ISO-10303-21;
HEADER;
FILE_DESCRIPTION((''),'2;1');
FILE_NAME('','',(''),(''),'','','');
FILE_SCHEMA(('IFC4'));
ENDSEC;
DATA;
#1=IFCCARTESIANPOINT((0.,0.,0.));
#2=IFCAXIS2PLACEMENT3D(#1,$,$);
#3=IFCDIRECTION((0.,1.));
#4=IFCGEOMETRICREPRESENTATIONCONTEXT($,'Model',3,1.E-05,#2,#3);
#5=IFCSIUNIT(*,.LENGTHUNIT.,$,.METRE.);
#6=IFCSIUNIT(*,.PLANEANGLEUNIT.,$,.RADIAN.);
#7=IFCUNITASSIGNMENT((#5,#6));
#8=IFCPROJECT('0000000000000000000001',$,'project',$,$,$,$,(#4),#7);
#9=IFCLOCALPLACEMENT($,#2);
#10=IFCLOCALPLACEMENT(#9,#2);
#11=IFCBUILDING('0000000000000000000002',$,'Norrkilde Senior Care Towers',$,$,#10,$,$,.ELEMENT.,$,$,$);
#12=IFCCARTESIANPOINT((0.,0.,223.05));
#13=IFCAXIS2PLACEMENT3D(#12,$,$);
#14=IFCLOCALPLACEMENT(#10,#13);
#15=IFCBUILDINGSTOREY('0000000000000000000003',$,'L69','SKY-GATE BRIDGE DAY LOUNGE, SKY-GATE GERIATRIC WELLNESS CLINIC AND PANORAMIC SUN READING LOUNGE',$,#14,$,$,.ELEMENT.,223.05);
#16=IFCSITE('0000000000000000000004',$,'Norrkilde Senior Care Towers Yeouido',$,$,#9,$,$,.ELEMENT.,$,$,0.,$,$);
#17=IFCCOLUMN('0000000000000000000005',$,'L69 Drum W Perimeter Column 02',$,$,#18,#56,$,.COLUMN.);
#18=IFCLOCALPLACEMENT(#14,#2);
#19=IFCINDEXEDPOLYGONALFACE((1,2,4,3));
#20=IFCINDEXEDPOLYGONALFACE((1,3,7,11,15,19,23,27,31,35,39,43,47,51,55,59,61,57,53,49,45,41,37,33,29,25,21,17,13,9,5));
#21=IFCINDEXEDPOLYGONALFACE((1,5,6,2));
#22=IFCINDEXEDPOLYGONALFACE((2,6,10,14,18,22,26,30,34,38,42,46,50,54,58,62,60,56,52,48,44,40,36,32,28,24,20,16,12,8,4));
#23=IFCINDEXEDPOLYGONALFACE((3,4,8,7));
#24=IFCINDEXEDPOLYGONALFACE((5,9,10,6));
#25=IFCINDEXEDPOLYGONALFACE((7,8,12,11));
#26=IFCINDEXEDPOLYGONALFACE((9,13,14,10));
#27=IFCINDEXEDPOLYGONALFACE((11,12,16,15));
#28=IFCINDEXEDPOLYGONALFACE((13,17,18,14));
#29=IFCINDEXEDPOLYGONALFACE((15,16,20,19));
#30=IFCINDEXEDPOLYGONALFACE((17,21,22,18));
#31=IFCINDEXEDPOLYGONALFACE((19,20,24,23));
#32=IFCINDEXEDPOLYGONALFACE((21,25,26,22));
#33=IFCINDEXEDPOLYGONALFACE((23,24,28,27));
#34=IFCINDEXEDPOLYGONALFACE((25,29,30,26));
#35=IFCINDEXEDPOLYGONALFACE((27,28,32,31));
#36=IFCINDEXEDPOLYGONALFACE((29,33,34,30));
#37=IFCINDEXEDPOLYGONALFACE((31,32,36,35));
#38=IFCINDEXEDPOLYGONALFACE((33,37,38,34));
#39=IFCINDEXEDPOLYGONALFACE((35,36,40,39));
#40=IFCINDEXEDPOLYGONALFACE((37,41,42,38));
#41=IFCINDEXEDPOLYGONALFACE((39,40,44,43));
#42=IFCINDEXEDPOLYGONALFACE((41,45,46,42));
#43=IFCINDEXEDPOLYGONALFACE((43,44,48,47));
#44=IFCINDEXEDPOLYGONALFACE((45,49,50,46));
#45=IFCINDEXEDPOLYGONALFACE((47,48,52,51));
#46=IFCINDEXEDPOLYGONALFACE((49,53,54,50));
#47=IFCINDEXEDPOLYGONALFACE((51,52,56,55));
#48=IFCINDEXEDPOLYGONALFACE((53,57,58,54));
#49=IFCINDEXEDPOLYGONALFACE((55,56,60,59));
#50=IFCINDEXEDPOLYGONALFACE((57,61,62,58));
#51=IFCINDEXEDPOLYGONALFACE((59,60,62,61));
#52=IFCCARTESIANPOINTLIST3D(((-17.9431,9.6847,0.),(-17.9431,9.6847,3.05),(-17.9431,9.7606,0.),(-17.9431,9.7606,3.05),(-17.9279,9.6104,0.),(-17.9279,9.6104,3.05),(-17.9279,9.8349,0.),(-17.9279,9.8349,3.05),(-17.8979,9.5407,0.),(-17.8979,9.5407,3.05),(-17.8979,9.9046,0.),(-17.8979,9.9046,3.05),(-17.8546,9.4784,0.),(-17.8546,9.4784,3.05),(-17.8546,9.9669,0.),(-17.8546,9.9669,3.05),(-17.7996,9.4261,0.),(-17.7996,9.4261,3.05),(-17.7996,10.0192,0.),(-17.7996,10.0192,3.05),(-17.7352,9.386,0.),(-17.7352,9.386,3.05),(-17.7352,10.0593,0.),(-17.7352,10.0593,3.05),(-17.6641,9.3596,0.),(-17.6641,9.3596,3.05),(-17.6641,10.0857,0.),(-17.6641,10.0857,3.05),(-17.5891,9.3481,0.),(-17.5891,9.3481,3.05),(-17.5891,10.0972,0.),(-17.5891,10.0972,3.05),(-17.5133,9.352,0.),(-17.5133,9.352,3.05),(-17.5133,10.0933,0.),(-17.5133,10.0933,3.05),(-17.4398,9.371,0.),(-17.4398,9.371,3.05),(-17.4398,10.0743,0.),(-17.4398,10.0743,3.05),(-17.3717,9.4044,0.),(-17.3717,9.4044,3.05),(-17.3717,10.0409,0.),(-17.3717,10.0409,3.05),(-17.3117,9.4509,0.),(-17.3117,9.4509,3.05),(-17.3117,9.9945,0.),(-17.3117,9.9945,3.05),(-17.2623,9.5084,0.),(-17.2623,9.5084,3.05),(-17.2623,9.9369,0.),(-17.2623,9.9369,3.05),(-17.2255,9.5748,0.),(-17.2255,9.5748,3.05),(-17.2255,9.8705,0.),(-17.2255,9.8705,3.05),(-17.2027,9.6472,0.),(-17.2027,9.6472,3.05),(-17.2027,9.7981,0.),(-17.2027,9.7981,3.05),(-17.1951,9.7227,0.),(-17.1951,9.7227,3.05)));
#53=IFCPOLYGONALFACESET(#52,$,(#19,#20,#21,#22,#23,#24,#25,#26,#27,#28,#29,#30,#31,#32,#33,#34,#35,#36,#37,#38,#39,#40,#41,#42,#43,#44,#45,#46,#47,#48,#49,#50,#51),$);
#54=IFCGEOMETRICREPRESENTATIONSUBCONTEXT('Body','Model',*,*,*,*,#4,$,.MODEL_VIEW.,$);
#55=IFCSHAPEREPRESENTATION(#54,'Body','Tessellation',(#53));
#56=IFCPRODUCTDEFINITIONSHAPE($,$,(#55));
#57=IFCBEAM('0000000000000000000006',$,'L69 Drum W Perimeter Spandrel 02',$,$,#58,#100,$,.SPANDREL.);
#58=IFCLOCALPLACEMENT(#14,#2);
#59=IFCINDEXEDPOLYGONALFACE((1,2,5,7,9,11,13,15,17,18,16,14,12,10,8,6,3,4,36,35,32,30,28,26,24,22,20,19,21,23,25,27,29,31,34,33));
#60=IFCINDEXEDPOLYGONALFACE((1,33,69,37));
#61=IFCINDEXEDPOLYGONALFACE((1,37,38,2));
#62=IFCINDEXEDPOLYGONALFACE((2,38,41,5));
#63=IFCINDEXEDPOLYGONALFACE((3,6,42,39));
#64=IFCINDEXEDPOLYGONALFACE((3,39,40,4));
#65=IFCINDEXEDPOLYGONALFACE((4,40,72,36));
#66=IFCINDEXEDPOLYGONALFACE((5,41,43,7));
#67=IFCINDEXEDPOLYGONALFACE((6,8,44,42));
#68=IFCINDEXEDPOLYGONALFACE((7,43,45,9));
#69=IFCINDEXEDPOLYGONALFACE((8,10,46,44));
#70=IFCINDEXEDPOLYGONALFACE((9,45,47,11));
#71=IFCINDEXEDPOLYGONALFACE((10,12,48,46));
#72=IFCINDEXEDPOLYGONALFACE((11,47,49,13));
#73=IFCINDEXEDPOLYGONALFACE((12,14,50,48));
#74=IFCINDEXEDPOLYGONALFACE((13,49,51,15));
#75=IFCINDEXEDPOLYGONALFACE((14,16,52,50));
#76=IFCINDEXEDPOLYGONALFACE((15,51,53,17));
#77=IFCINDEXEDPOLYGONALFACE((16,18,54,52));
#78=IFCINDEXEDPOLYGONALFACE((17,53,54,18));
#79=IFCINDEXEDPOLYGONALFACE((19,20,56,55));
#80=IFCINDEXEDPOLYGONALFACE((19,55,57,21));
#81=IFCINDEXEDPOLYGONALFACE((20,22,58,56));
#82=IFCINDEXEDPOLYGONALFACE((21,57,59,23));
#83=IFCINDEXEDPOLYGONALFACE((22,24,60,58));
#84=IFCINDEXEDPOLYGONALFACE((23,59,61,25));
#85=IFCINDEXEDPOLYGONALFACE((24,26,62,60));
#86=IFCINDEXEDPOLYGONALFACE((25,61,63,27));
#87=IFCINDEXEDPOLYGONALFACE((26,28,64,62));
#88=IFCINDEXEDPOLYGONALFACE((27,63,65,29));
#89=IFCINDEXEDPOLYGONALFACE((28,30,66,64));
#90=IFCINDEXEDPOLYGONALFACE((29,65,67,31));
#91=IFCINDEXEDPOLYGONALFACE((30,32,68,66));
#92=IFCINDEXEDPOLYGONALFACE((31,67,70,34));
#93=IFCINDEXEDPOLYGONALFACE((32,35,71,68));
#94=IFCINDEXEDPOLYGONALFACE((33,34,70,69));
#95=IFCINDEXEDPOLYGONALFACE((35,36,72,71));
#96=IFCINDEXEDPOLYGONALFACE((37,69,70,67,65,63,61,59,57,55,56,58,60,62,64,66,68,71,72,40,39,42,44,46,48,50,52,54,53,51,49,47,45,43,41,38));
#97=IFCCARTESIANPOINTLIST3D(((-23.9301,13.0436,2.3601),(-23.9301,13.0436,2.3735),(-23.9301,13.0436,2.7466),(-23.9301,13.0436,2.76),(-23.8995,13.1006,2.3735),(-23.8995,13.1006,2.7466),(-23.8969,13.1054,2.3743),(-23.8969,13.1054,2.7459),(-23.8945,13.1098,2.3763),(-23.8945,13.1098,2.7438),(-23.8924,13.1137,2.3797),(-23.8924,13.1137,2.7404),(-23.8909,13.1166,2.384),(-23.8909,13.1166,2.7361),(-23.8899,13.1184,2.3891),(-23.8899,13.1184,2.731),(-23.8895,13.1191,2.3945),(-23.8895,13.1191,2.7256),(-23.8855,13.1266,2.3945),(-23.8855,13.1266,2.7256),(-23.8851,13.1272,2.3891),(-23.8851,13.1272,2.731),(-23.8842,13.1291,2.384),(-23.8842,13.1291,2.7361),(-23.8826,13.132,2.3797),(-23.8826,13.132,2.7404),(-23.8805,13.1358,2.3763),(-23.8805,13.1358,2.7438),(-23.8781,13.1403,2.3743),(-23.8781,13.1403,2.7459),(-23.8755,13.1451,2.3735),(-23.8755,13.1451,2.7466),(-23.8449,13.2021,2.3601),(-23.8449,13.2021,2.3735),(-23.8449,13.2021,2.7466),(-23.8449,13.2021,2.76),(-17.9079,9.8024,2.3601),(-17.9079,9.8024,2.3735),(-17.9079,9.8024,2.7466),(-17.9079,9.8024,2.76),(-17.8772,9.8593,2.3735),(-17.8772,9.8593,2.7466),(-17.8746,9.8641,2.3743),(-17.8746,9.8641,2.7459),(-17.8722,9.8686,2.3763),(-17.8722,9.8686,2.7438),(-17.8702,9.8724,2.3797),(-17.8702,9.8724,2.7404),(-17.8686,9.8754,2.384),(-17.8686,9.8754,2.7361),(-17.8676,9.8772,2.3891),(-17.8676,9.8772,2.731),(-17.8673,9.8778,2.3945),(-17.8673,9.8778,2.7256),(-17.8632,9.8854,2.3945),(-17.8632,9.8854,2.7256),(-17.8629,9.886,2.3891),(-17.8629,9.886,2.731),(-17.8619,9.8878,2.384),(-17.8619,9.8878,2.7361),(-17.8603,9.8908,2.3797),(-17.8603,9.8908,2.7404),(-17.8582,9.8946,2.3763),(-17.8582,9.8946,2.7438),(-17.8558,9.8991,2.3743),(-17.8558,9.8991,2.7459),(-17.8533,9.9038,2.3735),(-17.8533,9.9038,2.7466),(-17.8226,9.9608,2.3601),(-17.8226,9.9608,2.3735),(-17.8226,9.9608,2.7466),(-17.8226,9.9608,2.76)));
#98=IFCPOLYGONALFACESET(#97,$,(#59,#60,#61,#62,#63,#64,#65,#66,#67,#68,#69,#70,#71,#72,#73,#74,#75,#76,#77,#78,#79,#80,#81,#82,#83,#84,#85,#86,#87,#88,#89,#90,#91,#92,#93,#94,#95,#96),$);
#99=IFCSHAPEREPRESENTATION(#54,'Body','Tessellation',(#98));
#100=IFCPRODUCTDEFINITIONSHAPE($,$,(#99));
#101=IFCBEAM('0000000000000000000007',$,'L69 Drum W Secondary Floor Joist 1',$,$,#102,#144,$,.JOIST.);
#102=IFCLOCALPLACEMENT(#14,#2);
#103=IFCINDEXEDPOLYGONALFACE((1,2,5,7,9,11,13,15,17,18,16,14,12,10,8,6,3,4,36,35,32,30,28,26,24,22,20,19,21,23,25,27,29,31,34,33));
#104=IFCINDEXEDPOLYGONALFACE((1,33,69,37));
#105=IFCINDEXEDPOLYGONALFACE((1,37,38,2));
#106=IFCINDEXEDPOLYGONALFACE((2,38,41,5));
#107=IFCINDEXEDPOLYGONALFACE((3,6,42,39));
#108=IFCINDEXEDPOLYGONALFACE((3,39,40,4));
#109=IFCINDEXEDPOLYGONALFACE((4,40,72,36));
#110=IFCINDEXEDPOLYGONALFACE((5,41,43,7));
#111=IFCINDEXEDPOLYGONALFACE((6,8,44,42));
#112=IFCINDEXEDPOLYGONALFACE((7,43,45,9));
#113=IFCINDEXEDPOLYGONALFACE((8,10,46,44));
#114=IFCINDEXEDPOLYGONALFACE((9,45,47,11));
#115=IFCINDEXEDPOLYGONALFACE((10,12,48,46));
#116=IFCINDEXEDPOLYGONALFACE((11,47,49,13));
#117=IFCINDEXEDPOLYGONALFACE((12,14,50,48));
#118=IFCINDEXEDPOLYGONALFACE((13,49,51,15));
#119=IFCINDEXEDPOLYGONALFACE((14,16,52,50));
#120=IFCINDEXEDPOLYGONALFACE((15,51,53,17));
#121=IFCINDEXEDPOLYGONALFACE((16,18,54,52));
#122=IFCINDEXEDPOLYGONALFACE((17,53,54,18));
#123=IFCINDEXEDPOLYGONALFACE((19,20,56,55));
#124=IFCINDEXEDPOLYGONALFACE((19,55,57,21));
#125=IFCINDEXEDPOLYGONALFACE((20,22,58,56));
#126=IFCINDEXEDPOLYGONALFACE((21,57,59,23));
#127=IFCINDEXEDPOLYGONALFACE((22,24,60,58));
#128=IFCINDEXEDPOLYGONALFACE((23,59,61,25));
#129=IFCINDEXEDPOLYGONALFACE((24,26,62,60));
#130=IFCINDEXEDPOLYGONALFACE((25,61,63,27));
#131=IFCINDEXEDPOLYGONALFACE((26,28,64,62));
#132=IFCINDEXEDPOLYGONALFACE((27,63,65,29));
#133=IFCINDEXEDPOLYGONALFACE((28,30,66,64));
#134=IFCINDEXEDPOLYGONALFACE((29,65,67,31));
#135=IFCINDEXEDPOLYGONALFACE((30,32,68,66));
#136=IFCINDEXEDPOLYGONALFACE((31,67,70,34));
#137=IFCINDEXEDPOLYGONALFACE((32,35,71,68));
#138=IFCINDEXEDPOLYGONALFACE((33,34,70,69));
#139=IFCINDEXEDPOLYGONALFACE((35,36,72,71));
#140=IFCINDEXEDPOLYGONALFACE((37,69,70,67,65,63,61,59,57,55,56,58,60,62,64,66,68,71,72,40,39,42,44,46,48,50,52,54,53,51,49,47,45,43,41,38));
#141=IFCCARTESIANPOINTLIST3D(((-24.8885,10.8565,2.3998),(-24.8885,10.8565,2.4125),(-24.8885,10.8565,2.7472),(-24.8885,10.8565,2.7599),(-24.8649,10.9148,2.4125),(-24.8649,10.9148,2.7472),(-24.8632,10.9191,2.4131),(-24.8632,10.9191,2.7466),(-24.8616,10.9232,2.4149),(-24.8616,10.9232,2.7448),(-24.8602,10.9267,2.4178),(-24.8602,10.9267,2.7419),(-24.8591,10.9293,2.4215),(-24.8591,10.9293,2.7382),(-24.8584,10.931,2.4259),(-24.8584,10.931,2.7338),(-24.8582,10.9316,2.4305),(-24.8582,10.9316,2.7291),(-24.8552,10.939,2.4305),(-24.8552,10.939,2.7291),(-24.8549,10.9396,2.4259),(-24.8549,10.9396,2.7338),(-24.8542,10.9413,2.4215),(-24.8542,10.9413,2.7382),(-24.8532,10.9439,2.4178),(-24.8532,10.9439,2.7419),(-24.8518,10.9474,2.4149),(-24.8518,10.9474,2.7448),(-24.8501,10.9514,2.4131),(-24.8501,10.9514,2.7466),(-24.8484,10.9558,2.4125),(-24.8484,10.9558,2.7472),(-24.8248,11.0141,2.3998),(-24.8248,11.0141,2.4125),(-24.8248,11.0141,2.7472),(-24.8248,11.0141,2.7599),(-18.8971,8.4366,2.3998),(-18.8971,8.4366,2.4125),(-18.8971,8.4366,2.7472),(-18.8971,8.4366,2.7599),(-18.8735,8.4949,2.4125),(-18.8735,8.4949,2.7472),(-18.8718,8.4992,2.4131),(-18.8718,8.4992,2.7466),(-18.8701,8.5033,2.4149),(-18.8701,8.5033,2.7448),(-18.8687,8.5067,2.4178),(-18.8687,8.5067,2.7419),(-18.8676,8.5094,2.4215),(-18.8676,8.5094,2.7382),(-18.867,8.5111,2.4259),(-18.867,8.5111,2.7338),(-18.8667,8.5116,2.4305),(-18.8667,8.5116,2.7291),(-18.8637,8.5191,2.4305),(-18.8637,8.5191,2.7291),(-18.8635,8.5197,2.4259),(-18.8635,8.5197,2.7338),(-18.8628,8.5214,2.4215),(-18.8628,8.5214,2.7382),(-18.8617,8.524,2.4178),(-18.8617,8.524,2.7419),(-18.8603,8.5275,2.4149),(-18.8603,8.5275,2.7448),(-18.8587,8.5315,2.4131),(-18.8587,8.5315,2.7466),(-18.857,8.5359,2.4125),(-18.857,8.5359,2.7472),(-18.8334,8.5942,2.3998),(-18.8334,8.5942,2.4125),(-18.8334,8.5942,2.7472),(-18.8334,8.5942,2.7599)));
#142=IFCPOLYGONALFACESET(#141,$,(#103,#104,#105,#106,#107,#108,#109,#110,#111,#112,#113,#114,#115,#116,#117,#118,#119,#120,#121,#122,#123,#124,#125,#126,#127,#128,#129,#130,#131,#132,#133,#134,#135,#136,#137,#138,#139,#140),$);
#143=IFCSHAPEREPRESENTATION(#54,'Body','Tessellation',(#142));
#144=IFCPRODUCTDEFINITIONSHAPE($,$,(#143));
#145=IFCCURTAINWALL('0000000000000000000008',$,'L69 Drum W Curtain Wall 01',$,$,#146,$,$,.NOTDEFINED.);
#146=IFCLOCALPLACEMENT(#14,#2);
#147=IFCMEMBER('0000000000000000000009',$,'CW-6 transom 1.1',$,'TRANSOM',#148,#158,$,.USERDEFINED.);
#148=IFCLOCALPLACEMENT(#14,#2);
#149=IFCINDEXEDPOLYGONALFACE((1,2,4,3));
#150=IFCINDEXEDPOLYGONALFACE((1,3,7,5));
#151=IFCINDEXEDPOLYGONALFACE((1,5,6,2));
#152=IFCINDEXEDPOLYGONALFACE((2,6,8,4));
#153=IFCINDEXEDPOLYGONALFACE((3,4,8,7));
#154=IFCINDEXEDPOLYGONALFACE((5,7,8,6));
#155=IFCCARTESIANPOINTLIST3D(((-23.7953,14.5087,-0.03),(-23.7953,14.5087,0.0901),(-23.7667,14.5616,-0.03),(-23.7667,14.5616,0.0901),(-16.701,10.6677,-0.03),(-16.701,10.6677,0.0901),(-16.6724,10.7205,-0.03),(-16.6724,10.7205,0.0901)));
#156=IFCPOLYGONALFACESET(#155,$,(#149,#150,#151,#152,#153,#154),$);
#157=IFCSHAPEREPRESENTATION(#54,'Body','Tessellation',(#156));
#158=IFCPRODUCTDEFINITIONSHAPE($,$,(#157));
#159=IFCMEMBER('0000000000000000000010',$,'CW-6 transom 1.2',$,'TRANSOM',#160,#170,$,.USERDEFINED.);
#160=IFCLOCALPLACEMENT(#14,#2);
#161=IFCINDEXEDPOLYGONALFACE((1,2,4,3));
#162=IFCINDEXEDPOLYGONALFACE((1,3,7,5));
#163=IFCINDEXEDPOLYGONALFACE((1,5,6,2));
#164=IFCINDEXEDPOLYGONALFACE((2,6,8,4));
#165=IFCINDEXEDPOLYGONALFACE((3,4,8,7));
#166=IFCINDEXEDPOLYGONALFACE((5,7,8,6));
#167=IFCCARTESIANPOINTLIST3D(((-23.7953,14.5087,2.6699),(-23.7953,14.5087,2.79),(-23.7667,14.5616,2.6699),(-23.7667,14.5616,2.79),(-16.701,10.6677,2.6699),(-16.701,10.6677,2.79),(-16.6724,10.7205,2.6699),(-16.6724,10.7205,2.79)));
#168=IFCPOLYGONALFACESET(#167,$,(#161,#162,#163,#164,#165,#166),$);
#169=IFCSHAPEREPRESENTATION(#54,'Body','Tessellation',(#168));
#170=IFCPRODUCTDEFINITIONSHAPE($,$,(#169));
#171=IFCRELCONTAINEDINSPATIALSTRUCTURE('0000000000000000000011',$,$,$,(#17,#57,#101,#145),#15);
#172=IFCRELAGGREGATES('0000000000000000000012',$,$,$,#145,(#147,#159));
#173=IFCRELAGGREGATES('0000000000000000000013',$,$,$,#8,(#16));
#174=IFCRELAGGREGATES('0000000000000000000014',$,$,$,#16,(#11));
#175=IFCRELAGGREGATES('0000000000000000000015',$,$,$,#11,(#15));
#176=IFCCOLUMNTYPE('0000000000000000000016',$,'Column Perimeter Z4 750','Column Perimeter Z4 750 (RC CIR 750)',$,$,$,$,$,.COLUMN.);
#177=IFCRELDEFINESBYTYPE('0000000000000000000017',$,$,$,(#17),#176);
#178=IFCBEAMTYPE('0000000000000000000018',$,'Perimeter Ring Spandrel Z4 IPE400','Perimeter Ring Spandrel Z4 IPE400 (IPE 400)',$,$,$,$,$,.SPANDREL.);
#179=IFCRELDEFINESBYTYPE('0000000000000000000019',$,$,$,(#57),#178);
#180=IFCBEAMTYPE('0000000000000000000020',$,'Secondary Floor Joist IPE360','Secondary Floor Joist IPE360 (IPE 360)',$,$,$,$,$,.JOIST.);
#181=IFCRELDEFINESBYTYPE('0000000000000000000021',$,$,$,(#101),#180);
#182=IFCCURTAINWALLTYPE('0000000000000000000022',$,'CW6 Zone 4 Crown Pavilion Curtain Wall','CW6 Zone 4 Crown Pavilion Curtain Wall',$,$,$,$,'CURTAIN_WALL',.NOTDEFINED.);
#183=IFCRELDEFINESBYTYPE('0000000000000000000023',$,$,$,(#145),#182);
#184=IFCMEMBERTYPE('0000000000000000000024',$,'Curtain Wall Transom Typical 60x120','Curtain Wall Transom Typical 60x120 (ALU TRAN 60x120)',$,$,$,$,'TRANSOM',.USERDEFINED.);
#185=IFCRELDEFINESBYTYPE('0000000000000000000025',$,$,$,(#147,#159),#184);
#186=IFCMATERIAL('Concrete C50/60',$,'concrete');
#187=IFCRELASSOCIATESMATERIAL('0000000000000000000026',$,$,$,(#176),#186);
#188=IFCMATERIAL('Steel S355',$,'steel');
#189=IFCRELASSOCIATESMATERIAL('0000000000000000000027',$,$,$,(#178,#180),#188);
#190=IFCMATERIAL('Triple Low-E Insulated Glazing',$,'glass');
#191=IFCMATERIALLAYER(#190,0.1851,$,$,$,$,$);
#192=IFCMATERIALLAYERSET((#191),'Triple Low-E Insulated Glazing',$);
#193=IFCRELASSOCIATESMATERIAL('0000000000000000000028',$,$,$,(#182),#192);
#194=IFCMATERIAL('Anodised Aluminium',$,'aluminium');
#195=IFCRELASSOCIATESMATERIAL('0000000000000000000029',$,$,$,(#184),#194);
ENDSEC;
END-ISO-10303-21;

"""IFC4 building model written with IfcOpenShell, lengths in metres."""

from ifc_helpers import new_model, si_unit, direction, frame, origin, origin_2d, place, context, subcontext, project, spatial, rectangle, circle, i_section, extrude, source, transform, mapped, material, layer, layer_set, material_profile, profile_set, type_object, type_shapes, element, aggregate, save


model = new_model("IFC4")

# Units and contexts
model_context = context("Model", 3, precision=1e-05, world=origin(), true_north=direction((0.0, 1.0)))
body_context = subcontext(model_context, "Body", "Model", "MODEL_VIEW")
ifc_project = project(units=[si_unit("LENGTHUNIT", "METRE"), si_unit("PLANEANGLEUNIT", "RADIAN")], contexts=[model_context])

# Site, building, storey
site_placement = place(None, origin())
site = spatial("IfcSite", under=ifc_project, at=site_placement, Name="Norrkilde Senior Care Towers Yeouido", CompositionType="ELEMENT", RefElevation=0.0)
building_placement = place(site_placement, origin())
building = spatial("IfcBuilding", under=site, at=building_placement, Name="Norrkilde Senior Care Towers", CompositionType="ELEMENT")
storey_placement = place(building_placement, frame((0.0, 0.0, 223.05)))
storey = spatial("IfcBuildingStorey", under=building, at=storey_placement, Name="L69", Description="SKY-GATE BRIDGE DAY LOUNGE, SKY-GATE GERIATRIC WELLNESS CLINIC AND PANORAMIC SUN READING LOUNGE", CompositionType="ELEMENT", Elevation=223.05)

# Column
ifc_material_1 = material(Name="Concrete C50/60", Category="concrete")
ifc_material_profile_1 = material_profile(ifc_material_1, circle(Radius=0.375, at=origin_2d()), Name="RC CIR 750")
ifc_profile_set_1 = profile_set([ifc_material_profile_1], Name="Concrete C50/60")
column_type = type_object("IfcColumnType", Name="Column Perimeter Z4 750", Description="Column Perimeter Z4 750 (RC CIR 750)", PredefinedType="COLUMN", material=ifc_profile_set_1)
shared_shape_1 = source(origin(), body_context, "Body", "SweptSolid", [
    extrude(circle(Radius=0.375, at=origin_2d()), origin(), (0.0, 0.0, 1.0), 3.05),
])
type_shapes(column_type, [shared_shape_1])
column_placement = place(storey_placement, frame((-17.5701, 9.7227, 0.0), z_axis=(0.0, 0.0, 1.0), x_axis=(1.0, 0.0, 0.0)))
element("IfcColumn", 1, at=column_placement, inside=storey, type_object=column_type, Name="L69 Drum W Perimeter Column 02", PredefinedType="COLUMN", context=body_context, shape_type="MappedRepresentation", body=[
    mapped(shared_shape_1, transform((0.0, 0.0, 0.0), x_axis=(1.0, 0.0, 0.0), y_axis=(0.0, 1.0, 0.0), z_axis=(0.0, 0.0, 1.0), scale=1.0)),
])

# Beams
ifc_material_2 = material(Name="Steel S355", Category="steel")
ifc_material_profile_2 = material_profile(ifc_material_2, i_section(OverallWidth=0.1799, OverallDepth=0.3999, WebThickness=0.0085, FlangeThickness=0.0134, FilletRadius=0.021, at=origin_2d()), Name="IPE 400")
ifc_profile_set_2 = profile_set([ifc_material_profile_2], Name="Steel S355")
beam_type_1 = type_object("IfcBeamType", Name="Perimeter Ring Spandrel Z4 IPE400", Description="Perimeter Ring Spandrel Z4 IPE400 (IPE 400)", PredefinedType="SPANDREL", material=ifc_profile_set_2)
shared_shape_2 = source(origin(), body_context, "Body", "SweptSolid", [
    extrude(i_section(OverallWidth=0.1799, OverallDepth=0.3999, WebThickness=0.0085, FlangeThickness=0.0134, FilletRadius=0.021, at=origin_2d()), origin(), (0.0, 0.0, 1.0), 6.8391),
])
type_shapes(beam_type_1, [shared_shape_2])
beam_1_placement = place(storey_placement, frame((-17.8652, 9.8816, 2.5601), z_axis=(-0.880564, 0.473927, 0.0), x_axis=(-0.473927, -0.880564, 0.0)))
element("IfcBeam", 2, at=beam_1_placement, inside=storey, type_object=beam_type_1, Name="L69 Drum W Perimeter Spandrel 02", PredefinedType="SPANDREL", context=body_context, shape_type="MappedRepresentation", body=[
    mapped(shared_shape_2, transform((0.0, 0.0, 0.0), x_axis=(1.0, 0.0, 0.0), y_axis=(0.0, 1.0, 0.0), z_axis=(0.0, 0.0, 1.0), scale=1.0)),
])
ifc_material_profile_3 = material_profile(ifc_material_2, i_section(OverallWidth=0.1699, OverallDepth=0.3601, WebThickness=0.0081, FlangeThickness=0.0127, FilletRadius=0.0181, at=origin_2d()), Name="IPE 360")
ifc_profile_set_3 = profile_set([ifc_material_profile_3], Name="Steel S355")
beam_type_2 = type_object("IfcBeamType", Name="Secondary Floor Joist IPE360", Description="Secondary Floor Joist IPE360 (IPE 360)", PredefinedType="JOIST", material=ifc_profile_set_3)
shared_shape_3 = source(origin(), body_context, "Body", "SweptSolid", [
    extrude(i_section(OverallWidth=0.1699, OverallDepth=0.3601, WebThickness=0.0081, FlangeThickness=0.0127, FilletRadius=0.0181, at=origin_2d()), origin(), (0.0, 0.0, 1.0), 6.4617),
])
type_shapes(beam_type_2, [shared_shape_3])
beam_2_placement = place(storey_placement, frame((-18.8652, 8.5154, 2.5798), z_axis=(-0.927226, 0.374502, 0.0), x_axis=(-0.374502, -0.927226, 0.0)))
element("IfcBeam", 3, at=beam_2_placement, inside=storey, type_object=beam_type_2, Name="L69 Drum W Secondary Floor Joist 1", PredefinedType="JOIST", context=body_context, shape_type="MappedRepresentation", body=[
    mapped(shared_shape_3, transform((0.0, 0.0, 0.0), x_axis=(1.0, 0.0, 0.0), y_axis=(0.0, 1.0, 0.0), z_axis=(0.0, 0.0, 1.0), scale=1.0)),
])

# Curtain wall, members
ifc_material_3 = material(Name="Triple Low-E Insulated Glazing", Category="glass")
ifc_layer_1 = layer(ifc_material_3, 0.1851)
ifc_layer_set_1 = layer_set([ifc_layer_1], Name="Triple Low-E Insulated Glazing")
curtain_wall_type_1 = type_object("IfcCurtainWallType", Name="CW6 Zone 4 Crown Pavilion Curtain Wall", Description="CW6 Zone 4 Crown Pavilion Curtain Wall", ElementType="CURTAIN_WALL", PredefinedType="NOTDEFINED", material=ifc_layer_set_1)
curtain_wall_1_placement = place(storey_placement, origin())
curtain_wall_1 = element("IfcCurtainWall", 4, at=curtain_wall_1_placement, inside=storey, type_object=curtain_wall_type_1, Name="L69 Drum W Curtain Wall 01", PredefinedType="NOTDEFINED")
ifc_material_4 = material(Name="Anodised Aluminium", Category="aluminium")
ifc_material_profile_4 = material_profile(ifc_material_4, rectangle(XDim=0.0601, YDim=0.1201, at=origin_2d()), Name="ALU TRAN 60x120")
ifc_profile_set_4 = profile_set([ifc_material_profile_4], Name="Anodised Aluminium")
member_type_1 = type_object("IfcMemberType", Name="Curtain Wall Transom Typical 60x120", Description="Curtain Wall Transom Typical 60x120 (ALU TRAN 60x120)", ElementType="TRANSOM", PredefinedType="USERDEFINED", material=ifc_profile_set_4)
shared_shape_4 = source(origin(), body_context, "Body", "SweptSolid", [
    extrude(rectangle(XDim=0.0601, YDim=0.1201, at=origin_2d()), origin(), (0.0, 0.0, 1.0), 8.0674),
])
type_shapes(member_type_1, [shared_shape_4])
member_1_placement = place(storey_placement, frame((-23.781, 14.5352, 0.03), z_axis=(0.879378, -0.476125, 0.0), x_axis=(0.476125, 0.879378, 0.0)))
member_1 = element("IfcMember", 5, at=member_1_placement, type_object=member_type_1, Name="CW-6 transom 1.1", ObjectType="TRANSOM", PredefinedType="USERDEFINED", context=body_context, shape_type="MappedRepresentation", body=[
    mapped(shared_shape_4, transform((0.0, 0.0, 0.0), x_axis=(1.0, 0.0, 0.0), y_axis=(0.0, 1.0, 0.0), z_axis=(0.0, 0.0, 1.0), scale=1.0)),
])
member_2_placement = place(storey_placement, frame((-23.781, 14.5352, 2.73), z_axis=(0.879378, -0.476125, 0.0), x_axis=(0.476125, 0.879378, 0.0)))
member_2 = element("IfcMember", 6, at=member_2_placement, type_object=member_type_1, Name="CW-6 transom 1.2", ObjectType="TRANSOM", PredefinedType="USERDEFINED", context=body_context, shape_type="MappedRepresentation", body=[
    mapped(shared_shape_4, transform((0.0, 0.0, 0.0), x_axis=(1.0, 0.0, 0.0), y_axis=(0.0, 1.0, 0.0), z_axis=(0.0, 0.0, 1.0), scale=1.0)),
])

aggregate(curtain_wall_1, [member_1, member_2])

save(model, "model.ifc")
